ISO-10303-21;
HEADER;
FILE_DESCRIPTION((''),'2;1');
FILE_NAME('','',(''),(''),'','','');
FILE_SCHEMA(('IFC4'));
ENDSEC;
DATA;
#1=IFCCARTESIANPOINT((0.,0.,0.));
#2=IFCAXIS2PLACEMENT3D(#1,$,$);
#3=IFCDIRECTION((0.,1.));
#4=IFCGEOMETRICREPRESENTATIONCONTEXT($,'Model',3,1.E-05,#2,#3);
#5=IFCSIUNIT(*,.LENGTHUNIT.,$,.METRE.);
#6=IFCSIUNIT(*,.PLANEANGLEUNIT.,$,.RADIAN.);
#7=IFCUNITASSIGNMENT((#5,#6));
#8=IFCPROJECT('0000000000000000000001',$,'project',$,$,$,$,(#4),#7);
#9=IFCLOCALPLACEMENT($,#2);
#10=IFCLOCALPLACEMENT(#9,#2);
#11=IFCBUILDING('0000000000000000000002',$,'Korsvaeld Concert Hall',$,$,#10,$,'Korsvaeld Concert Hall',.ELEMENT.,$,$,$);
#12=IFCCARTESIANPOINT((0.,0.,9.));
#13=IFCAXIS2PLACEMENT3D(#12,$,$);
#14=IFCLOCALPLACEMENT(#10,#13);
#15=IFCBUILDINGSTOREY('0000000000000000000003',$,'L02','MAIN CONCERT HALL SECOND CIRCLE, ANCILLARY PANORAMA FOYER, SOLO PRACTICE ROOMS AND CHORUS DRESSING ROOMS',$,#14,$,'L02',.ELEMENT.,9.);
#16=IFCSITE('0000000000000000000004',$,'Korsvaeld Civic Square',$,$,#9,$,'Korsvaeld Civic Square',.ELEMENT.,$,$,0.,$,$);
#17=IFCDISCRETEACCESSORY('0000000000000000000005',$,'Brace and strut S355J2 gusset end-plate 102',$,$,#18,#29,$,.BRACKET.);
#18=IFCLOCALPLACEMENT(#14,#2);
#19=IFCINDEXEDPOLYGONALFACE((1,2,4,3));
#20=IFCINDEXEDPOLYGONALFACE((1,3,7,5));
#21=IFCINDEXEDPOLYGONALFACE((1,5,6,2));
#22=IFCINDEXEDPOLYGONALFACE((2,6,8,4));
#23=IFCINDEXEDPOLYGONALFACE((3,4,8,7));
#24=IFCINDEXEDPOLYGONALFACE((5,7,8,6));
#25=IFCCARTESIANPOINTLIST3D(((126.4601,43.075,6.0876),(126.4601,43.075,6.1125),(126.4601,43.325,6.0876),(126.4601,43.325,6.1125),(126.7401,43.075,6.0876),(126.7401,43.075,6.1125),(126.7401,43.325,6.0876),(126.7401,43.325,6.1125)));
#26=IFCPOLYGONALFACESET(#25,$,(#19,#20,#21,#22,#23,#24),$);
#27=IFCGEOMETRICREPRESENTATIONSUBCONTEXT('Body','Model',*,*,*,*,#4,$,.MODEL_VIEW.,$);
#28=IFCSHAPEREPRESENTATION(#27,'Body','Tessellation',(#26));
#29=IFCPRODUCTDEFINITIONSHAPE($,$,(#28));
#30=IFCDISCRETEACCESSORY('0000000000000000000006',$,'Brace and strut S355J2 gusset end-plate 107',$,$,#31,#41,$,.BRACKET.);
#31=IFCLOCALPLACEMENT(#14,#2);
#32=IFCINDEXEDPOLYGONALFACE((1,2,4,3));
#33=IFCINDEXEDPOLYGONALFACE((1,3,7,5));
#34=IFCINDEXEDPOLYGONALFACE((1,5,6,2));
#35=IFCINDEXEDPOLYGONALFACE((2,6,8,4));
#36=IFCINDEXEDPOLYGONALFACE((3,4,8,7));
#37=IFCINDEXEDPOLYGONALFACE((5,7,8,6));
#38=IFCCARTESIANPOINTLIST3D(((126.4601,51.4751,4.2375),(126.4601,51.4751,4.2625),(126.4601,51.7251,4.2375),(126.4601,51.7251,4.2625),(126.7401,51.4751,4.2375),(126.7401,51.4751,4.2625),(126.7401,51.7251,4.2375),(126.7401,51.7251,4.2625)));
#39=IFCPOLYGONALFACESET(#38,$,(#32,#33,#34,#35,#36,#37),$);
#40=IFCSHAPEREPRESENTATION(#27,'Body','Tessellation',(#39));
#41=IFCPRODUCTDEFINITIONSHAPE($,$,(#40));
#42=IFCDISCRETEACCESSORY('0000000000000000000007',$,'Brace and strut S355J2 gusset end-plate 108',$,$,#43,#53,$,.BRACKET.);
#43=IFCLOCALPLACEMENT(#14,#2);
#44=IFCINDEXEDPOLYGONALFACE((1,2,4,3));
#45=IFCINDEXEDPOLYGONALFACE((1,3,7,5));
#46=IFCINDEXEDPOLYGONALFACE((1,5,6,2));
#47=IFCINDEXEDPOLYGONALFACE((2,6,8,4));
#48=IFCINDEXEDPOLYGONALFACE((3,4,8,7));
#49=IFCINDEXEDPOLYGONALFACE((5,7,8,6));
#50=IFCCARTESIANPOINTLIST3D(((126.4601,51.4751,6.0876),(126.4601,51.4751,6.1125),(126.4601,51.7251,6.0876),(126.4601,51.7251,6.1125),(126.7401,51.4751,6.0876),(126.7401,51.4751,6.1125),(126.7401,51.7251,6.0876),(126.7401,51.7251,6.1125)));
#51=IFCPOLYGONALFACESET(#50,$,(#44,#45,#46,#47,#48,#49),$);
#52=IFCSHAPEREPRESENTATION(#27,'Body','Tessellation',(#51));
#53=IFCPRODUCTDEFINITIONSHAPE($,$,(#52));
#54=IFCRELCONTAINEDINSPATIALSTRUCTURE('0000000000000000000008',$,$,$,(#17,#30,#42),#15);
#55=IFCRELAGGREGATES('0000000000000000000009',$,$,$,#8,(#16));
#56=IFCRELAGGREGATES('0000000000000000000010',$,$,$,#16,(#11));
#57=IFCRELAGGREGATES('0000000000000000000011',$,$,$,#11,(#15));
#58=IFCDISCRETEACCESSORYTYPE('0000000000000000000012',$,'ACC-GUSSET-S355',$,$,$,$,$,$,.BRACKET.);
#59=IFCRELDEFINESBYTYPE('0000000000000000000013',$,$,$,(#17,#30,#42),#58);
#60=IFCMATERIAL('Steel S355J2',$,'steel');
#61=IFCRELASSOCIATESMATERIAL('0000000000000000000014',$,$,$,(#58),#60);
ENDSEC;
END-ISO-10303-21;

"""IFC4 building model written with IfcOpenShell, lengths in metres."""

from ifc_helpers import new_model, si_unit, direction, frame, origin, origin_2d, place, context, subcontext, project, spatial, rectangle, extrude, material, type_object, element, save


model = new_model("IFC4")

# Units and contexts
model_context = context("Model", 3, precision=1e-05, world=origin(), true_north=direction((0.0, 1.0)))
body_context = subcontext(model_context, "Body", "Model", "MODEL_VIEW")
ifc_project = project(units=[si_unit("LENGTHUNIT", "METRE"), si_unit("PLANEANGLEUNIT", "RADIAN")], contexts=[model_context])

# Site, building, storey
site_placement = place(None, origin())
site = spatial("IfcSite", under=ifc_project, at=site_placement, Name="Korsvaeld Civic Square", LongName="Korsvaeld Civic Square", CompositionType="ELEMENT", RefElevation=0.0)
building_placement = place(site_placement, origin())
building = spatial("IfcBuilding", under=site, at=building_placement, Name="Korsvaeld Concert Hall", LongName="Korsvaeld Concert Hall", CompositionType="ELEMENT")
storey_placement = place(building_placement, frame((0.0, 0.0, 9.0)))
storey = spatial("IfcBuildingStorey", under=building, at=storey_placement, Name="L02", Description="MAIN CONCERT HALL SECOND CIRCLE, ANCILLARY PANORAMA FOYER, SOLO PRACTICE ROOMS AND CHORUS DRESSING ROOMS", LongName="L02", CompositionType="ELEMENT", Elevation=9.0)

# Shared definitions
ifc_material_1 = material(Name="Steel S355J2", Category="steel")

# Discrete accessories
discrete_accessory_type = type_object("IfcDiscreteAccessoryType", Name="ACC-GUSSET-S355", PredefinedType="BRACKET", material=ifc_material_1)
for number, where, z_axis, x_axis, name in (
    (1, (126.6001, 43.2, 6.0876), (0.0, 0.0, 1.0), (1.0, 0.0, 0.0), "Brace and strut S355J2 gusset end-plate 102"),
    (2, (126.6001, 51.6001, 4.2375), (0.0, 0.0, 1.0), (1.0, 0.0, 0.0), "Brace and strut S355J2 gusset end-plate 107"),
    (3, (126.6001, 51.6001, 6.0876), (0.0, 0.0, 1.0), (1.0, 0.0, 0.0), "Brace and strut S355J2 gusset end-plate 108"),
):
    element("IfcDiscreteAccessory", number, at=place(storey_placement, frame(where, z_axis=z_axis, x_axis=x_axis)), inside=storey, type_object=discrete_accessory_type, Name=name, PredefinedType="BRACKET", context=body_context, shape_type="SweptSolid", body=[
        extrude(rectangle(XDim=0.28, YDim=0.25, at=origin_2d()), origin(), (0.0, 0.0, 1.0), 0.0249),
    ])

save(model, "model.ifc")
